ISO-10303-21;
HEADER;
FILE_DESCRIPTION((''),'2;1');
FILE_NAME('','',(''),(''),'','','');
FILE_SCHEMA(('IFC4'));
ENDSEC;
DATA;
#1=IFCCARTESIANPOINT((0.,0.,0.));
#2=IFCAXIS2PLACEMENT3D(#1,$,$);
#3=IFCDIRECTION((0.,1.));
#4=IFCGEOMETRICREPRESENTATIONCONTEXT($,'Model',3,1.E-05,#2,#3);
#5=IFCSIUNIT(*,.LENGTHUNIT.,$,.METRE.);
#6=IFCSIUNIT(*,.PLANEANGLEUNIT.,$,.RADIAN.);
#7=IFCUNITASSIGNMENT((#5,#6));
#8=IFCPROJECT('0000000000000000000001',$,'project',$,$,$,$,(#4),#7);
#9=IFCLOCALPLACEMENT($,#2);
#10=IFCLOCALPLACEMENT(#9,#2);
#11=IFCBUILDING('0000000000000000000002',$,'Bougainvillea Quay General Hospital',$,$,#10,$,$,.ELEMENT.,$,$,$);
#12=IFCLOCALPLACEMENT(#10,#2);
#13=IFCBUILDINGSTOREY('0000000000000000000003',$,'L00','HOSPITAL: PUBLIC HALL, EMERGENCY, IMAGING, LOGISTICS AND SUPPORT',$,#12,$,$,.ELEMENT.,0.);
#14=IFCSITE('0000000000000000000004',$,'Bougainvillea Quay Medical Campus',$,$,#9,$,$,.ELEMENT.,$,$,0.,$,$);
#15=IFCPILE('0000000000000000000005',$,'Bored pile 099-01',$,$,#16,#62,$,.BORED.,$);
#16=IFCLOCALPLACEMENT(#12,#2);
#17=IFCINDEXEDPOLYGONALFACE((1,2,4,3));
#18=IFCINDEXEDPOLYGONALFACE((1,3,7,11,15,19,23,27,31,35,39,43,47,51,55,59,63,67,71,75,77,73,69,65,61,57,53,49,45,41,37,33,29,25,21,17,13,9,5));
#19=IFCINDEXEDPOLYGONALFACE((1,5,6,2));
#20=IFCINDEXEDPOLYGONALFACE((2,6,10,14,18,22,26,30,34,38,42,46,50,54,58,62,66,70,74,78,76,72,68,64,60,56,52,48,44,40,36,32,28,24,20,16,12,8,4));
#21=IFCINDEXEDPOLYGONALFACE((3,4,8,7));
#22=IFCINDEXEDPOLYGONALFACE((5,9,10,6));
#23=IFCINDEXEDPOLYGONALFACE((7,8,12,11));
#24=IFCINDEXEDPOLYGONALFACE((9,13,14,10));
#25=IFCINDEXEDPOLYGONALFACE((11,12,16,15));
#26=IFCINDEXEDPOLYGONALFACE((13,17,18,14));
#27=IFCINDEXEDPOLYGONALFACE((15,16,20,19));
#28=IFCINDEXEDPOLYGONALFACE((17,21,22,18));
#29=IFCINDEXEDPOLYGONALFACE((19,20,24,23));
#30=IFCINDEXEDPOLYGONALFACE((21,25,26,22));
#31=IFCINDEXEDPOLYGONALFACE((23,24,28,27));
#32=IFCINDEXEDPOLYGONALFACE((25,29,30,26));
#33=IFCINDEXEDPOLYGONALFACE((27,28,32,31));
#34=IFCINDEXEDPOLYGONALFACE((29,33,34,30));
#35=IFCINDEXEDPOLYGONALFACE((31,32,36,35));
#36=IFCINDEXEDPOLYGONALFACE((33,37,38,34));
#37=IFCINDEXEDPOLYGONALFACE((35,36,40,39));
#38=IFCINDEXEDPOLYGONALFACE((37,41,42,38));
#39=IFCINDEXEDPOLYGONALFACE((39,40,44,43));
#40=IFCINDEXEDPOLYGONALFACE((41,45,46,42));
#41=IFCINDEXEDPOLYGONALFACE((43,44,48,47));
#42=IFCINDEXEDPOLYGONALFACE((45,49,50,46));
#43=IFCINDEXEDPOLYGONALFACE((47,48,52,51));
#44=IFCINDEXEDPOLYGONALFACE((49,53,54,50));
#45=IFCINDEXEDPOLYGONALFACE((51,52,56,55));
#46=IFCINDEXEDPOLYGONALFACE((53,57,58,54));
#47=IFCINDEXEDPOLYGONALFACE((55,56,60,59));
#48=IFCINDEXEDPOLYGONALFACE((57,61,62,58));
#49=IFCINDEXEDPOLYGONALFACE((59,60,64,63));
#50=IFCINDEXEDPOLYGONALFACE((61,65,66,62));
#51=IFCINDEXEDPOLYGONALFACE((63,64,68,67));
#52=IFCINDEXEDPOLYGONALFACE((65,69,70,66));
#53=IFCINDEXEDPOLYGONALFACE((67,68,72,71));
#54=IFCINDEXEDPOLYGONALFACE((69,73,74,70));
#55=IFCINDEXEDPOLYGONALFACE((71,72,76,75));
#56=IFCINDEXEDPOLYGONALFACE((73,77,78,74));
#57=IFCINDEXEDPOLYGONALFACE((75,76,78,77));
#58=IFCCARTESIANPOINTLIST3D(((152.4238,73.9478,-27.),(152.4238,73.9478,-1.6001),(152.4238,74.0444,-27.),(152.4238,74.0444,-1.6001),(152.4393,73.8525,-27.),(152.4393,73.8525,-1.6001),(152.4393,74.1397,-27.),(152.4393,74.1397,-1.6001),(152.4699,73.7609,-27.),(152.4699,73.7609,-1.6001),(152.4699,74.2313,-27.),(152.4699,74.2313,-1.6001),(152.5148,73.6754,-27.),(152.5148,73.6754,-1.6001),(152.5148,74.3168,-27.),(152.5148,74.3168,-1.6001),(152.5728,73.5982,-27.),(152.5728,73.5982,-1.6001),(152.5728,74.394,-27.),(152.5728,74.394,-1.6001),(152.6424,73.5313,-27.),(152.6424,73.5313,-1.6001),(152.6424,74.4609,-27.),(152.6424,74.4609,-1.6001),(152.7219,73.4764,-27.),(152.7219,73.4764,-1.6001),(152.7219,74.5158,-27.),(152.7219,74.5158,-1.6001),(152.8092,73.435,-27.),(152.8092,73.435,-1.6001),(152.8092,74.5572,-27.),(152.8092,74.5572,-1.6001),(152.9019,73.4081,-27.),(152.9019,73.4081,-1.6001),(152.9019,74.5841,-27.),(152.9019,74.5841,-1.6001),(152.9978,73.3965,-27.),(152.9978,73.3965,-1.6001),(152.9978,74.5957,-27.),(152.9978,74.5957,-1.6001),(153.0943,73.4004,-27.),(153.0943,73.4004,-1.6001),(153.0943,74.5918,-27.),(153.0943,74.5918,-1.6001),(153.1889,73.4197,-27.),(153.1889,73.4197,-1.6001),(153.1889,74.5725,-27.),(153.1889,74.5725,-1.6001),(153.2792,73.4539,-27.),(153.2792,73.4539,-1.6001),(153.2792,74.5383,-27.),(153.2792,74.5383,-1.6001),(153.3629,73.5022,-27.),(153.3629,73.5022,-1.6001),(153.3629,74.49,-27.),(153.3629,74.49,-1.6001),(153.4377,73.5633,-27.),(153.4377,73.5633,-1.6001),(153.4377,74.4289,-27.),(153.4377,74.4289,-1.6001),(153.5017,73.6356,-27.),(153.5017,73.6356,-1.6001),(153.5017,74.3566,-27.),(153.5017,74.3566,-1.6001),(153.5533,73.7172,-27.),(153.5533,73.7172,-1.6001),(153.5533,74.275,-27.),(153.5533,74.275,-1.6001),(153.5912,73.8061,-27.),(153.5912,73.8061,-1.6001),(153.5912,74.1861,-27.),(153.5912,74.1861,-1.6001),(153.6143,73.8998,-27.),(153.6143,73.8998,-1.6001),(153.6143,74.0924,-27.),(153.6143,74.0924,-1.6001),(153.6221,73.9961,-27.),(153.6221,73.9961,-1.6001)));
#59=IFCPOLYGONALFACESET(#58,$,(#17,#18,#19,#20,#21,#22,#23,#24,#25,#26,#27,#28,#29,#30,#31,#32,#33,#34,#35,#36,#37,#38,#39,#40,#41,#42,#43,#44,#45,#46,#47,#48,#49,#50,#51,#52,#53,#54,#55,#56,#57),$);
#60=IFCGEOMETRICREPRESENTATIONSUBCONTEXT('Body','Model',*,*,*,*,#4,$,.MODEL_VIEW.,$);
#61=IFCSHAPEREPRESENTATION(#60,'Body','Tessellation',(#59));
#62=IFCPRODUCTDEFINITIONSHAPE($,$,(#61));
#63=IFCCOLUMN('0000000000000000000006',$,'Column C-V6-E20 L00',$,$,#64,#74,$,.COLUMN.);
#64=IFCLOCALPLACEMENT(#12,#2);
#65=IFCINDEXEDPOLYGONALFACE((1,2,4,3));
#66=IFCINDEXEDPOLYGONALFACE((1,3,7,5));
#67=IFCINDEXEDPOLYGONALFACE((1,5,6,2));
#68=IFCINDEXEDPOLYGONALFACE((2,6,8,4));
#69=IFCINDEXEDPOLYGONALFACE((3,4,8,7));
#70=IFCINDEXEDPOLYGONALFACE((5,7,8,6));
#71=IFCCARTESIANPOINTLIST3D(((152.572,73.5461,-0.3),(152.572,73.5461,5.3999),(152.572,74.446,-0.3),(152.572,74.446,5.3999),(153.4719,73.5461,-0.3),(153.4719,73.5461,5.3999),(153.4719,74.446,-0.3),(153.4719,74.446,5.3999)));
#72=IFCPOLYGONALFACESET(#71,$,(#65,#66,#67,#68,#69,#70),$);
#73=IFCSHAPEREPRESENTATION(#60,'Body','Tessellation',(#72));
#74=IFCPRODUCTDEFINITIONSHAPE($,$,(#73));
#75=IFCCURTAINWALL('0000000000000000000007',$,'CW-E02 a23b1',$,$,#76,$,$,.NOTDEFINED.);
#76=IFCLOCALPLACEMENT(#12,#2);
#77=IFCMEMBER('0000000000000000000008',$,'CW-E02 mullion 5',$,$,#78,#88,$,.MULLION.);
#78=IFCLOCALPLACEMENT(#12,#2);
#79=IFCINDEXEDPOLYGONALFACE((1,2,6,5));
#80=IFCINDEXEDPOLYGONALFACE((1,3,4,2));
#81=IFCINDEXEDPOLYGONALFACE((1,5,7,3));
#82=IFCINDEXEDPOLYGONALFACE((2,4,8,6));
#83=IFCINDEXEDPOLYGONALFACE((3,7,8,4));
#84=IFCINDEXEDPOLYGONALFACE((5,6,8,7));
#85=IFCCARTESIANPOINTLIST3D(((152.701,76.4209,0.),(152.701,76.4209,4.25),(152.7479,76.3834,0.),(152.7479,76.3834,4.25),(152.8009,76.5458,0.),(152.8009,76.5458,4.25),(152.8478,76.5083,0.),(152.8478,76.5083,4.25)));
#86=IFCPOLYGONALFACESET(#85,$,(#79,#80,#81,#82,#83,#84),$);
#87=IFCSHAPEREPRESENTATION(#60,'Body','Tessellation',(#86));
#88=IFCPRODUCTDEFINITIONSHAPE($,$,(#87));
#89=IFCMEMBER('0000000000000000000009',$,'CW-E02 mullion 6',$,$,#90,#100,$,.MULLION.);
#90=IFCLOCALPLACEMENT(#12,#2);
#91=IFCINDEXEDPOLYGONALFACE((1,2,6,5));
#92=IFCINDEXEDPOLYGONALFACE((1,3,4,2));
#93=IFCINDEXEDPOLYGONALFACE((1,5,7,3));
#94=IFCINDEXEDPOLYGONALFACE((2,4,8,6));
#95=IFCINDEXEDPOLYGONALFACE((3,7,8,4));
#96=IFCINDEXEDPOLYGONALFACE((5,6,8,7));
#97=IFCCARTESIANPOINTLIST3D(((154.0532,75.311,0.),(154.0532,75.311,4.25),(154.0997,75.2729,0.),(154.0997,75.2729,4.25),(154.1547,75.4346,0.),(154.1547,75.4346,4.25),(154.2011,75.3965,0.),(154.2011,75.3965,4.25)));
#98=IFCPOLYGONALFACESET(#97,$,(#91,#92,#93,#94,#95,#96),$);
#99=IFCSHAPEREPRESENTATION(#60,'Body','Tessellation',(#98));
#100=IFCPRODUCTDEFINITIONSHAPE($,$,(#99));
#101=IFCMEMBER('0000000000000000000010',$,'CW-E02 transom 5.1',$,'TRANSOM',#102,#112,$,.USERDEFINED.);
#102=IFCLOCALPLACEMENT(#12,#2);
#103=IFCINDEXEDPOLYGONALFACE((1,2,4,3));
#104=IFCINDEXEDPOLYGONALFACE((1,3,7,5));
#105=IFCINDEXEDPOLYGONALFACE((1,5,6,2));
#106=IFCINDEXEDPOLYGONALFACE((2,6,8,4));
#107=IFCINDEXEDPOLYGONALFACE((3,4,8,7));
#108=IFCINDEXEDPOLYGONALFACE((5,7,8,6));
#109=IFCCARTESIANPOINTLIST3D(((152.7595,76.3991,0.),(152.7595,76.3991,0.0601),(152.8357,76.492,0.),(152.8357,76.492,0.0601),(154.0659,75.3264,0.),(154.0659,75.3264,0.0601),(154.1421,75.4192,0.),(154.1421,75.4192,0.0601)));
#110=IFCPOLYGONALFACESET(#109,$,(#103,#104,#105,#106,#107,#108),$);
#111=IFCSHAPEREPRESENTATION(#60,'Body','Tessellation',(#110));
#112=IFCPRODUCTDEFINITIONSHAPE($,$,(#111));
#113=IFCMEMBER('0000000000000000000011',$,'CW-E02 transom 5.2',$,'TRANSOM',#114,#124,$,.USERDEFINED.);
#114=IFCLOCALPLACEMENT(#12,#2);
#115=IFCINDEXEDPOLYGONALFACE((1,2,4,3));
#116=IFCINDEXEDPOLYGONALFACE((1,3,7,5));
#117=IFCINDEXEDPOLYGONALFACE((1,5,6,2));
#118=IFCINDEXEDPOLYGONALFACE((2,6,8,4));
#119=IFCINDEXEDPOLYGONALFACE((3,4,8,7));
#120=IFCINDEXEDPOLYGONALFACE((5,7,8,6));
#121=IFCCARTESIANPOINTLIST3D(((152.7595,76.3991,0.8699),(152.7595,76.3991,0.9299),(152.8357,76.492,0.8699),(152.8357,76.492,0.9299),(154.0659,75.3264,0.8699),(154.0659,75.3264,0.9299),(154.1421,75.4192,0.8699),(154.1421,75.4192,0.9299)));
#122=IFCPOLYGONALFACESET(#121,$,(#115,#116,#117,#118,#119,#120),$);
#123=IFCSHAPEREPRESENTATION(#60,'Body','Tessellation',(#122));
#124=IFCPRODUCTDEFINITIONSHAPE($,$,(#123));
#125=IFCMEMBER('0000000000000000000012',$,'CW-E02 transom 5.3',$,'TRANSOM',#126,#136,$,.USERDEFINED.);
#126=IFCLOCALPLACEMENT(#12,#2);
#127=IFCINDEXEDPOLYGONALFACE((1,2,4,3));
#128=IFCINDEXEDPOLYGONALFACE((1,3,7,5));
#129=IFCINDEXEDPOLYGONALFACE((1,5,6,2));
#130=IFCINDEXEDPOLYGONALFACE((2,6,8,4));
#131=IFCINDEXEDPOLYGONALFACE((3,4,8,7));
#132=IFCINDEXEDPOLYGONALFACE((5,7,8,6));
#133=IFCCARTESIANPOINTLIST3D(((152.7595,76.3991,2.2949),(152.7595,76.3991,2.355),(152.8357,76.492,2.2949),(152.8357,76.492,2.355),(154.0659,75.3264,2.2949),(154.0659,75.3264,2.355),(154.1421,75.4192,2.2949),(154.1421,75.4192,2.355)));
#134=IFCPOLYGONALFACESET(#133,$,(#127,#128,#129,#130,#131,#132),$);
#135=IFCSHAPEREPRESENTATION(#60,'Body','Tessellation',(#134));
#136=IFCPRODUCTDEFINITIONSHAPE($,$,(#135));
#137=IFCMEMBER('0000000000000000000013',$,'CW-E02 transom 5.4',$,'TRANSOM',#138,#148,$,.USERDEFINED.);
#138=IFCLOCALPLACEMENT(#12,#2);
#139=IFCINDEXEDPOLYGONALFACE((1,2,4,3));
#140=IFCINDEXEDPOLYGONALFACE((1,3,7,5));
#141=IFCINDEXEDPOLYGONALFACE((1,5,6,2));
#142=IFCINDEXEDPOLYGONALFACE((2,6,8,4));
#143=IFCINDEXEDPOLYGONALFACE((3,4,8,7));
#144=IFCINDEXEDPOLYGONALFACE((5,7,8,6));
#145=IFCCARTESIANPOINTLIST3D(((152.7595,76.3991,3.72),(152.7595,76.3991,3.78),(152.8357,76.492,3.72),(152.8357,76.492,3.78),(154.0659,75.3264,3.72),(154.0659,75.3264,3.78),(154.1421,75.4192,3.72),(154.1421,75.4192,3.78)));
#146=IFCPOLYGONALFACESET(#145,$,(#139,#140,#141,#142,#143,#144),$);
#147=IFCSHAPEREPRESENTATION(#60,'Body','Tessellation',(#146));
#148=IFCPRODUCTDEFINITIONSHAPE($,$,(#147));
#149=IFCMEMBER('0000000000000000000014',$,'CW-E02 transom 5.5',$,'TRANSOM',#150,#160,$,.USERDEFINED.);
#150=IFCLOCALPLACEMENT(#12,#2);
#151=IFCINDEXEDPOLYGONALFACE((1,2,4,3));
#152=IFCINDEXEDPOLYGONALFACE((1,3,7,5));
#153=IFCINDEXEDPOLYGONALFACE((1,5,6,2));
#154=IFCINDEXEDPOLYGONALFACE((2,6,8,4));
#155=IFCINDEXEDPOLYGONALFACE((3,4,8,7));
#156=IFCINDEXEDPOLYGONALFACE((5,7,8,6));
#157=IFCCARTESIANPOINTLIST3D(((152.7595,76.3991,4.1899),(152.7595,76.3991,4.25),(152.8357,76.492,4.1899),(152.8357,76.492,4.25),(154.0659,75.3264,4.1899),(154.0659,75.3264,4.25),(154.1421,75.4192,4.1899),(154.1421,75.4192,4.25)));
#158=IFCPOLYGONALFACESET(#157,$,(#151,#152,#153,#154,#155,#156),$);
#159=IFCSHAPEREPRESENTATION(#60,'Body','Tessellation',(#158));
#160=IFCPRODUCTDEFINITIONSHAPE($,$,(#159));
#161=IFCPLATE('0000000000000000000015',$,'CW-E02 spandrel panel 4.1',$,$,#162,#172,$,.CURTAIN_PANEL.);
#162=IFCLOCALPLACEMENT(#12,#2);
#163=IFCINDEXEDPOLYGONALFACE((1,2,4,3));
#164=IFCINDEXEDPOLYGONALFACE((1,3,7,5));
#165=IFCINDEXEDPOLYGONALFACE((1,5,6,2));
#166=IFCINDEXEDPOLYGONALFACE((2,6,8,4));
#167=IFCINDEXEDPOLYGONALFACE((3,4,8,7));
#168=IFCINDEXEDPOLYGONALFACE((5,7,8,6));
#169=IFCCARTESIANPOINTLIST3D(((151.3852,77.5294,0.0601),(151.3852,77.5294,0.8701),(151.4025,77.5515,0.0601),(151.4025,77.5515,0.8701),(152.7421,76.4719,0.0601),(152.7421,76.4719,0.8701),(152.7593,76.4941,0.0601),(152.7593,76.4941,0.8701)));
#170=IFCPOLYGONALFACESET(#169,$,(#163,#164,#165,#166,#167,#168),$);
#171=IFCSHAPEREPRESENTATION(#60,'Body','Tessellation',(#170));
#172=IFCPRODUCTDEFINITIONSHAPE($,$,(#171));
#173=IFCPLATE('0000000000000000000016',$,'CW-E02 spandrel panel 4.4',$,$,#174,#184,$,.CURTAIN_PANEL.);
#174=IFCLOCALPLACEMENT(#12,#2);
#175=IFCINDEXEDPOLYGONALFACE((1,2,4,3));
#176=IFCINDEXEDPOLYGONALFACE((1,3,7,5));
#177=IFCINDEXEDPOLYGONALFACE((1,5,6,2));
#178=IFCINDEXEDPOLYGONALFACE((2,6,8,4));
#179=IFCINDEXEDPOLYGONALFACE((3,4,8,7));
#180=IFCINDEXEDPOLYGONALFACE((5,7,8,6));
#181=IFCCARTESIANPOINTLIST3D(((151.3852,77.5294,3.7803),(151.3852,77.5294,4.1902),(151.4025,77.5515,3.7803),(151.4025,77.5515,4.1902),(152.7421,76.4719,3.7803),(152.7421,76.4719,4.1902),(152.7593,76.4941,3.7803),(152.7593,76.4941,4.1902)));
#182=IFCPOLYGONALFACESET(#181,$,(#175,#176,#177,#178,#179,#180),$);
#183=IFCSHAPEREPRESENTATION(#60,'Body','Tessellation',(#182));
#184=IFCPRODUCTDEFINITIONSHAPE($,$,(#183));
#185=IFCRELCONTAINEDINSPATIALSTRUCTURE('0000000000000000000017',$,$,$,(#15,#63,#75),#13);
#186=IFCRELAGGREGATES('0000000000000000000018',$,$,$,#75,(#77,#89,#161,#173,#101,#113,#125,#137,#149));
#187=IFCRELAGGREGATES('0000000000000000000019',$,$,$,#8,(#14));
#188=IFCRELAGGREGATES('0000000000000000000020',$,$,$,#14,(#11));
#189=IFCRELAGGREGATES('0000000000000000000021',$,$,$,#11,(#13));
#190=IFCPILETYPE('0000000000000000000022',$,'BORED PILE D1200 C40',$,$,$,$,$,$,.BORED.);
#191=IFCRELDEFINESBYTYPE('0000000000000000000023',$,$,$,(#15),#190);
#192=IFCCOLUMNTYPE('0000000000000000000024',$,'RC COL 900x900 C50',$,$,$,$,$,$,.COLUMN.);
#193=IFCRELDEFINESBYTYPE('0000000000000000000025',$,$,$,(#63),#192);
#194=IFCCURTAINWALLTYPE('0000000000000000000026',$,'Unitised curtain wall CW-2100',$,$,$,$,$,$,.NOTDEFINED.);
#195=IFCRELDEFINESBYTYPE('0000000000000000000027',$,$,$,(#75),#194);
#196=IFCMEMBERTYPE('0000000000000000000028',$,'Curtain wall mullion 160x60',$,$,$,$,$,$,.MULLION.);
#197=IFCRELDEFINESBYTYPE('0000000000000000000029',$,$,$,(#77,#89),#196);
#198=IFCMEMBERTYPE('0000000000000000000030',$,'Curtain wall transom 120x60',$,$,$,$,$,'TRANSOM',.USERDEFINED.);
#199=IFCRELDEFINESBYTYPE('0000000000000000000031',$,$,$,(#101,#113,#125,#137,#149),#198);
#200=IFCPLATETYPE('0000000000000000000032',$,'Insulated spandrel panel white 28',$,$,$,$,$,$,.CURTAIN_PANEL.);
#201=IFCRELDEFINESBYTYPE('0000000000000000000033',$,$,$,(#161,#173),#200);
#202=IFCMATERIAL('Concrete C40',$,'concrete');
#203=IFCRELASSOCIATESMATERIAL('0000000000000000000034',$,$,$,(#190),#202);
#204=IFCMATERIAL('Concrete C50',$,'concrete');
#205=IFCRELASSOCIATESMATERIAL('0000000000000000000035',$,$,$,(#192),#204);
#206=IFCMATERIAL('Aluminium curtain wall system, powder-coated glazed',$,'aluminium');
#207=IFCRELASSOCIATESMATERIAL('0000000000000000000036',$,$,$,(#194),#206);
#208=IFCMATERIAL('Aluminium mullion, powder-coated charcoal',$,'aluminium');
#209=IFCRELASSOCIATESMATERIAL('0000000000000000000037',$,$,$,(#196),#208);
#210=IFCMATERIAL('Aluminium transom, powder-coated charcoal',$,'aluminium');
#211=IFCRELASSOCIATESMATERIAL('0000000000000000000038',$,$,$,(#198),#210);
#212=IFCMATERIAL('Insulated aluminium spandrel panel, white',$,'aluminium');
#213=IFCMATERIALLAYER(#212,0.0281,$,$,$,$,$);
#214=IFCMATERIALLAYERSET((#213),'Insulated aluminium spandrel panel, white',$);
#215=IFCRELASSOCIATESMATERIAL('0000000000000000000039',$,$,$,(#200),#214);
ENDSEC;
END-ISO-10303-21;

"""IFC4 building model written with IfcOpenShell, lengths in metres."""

from ifc_helpers import new_model, si_unit, direction, frame, origin, origin_2d, place, context, subcontext, project, spatial, rectangle, circle, extrude, material, layer, layer_set, material_profile, profile_set, type_object, element, aggregate, save


model = new_model("IFC4")

# Units and contexts
model_context = context("Model", 3, precision=1e-05, world=origin(), true_north=direction((0.0, 1.0)))
body_context = subcontext(model_context, "Body", "Model", "MODEL_VIEW")
ifc_project = project(units=[si_unit("LENGTHUNIT", "METRE"), si_unit("PLANEANGLEUNIT", "RADIAN")], contexts=[model_context])

# Site, building, storey
site_placement = place(None, origin())
site = spatial("IfcSite", under=ifc_project, at=site_placement, Name="Bougainvillea Quay Medical Campus", CompositionType="ELEMENT", RefElevation=0.0)
building_placement = place(site_placement, origin())
building = spatial("IfcBuilding", under=site, at=building_placement, Name="Bougainvillea Quay General Hospital", CompositionType="ELEMENT")
storey_placement = place(building_placement, origin())
storey = spatial("IfcBuildingStorey", under=building, at=storey_placement, Name="L00", Description="HOSPITAL: PUBLIC HALL, EMERGENCY, IMAGING, LOGISTICS AND SUPPORT", CompositionType="ELEMENT", Elevation=0.0)

# Pile
ifc_material_1 = material(Name="Concrete C40", Category="concrete")
ifc_material_profile_1 = material_profile(ifc_material_1, circle(Radius=0.6001, at=origin_2d()))
ifc_profile_set_1 = profile_set([ifc_material_profile_1], Name="Concrete C40")
pile_type = type_object("IfcPileType", Name="BORED PILE D1200 C40", PredefinedType="BORED", material=ifc_profile_set_1)
pile_placement = place(storey_placement, frame((153.022, 73.9961, -1.6001), z_axis=(0.0, 0.0, -1.0), x_axis=(1.0, 0.0, 0.0)))
element("IfcPile", 1, at=pile_placement, inside=storey, type_object=pile_type, Name="Bored pile 099-01", PredefinedType="BORED", context=body_context, shape_type="SweptSolid", body=[
    extrude(circle(Radius=0.6001, at=origin_2d()), origin(), (0.0, 0.0, 1.0), 25.3999),
])

# Column
ifc_material_2 = material(Name="Concrete C50", Category="concrete")
ifc_material_profile_2 = material_profile(ifc_material_2, rectangle(XDim=0.8999, YDim=0.8999, at=origin_2d()))
ifc_profile_set_2 = profile_set([ifc_material_profile_2], Name="Concrete C50")
column_type = type_object("IfcColumnType", Name="RC COL 900x900 C50", PredefinedType="COLUMN", material=ifc_profile_set_2)
column_placement = place(storey_placement, frame((153.022, 73.9961, -0.3), z_axis=(0.0, 0.0, 1.0), x_axis=(1.0, 0.0, 0.0)))
element("IfcColumn", 2, at=column_placement, inside=storey, type_object=column_type, Name="Column C-V6-E20 L00", PredefinedType="COLUMN", context=body_context, shape_type="SweptSolid", body=[
    extrude(rectangle(XDim=0.8999, YDim=0.8999, at=origin_2d()), origin(), (0.0, 0.0, 1.0), 5.7),
])

# Curtain wall, members, plates
ifc_material_3 = material(Name="Aluminium curtain wall system, powder-coated glazed", Category="aluminium")
curtain_wall_type = type_object("IfcCurtainWallType", Name="Unitised curtain wall CW-2100", PredefinedType="NOTDEFINED", material=ifc_material_3)
curtain_wall_placement = place(storey_placement, origin())
curtain_wall = element("IfcCurtainWall", 3, at=curtain_wall_placement, inside=storey, type_object=curtain_wall_type, Name="CW-E02 a23b1", PredefinedType="NOTDEFINED")
ifc_material_4 = material(Name="Aluminium mullion, powder-coated charcoal", Category="aluminium")
ifc_material_profile_3 = material_profile(ifc_material_4, rectangle(XDim=0.1599, YDim=0.0601, at=origin_2d()))
ifc_profile_set_3 = profile_set([ifc_material_profile_3], Name="Aluminium mullion, powder-coated charcoal")
member_type_1 = type_object("IfcMemberType", Name="Curtain wall mullion 160x60", PredefinedType="MULLION", material=ifc_profile_set_3)
member_1_placement = place(storey_placement, frame((152.7744, 76.4646, 0.0), z_axis=(0.0, 0.0, 1.0), x_axis=(0.624719, 0.780849, 0.0)))
member_1 = element("IfcMember", 4, at=member_1_placement, type_object=member_type_1, Name="CW-E02 mullion 5", PredefinedType="MULLION", context=body_context, shape_type="SweptSolid", body=[
    extrude(rectangle(XDim=0.1599, YDim=0.0601, at=origin_2d()), origin(), (0.0, 0.0, 1.0), 4.25),
])
member_2_placement = place(storey_placement, frame((154.1272, 75.3538, 0.0), z_axis=(0.0, 0.0, 1.0), x_axis=(0.634633, 0.772813, 0.0)))
member_2 = element("IfcMember", 5, at=member_2_placement, type_object=member_type_1, Name="CW-E02 mullion 6", PredefinedType="MULLION", context=body_context, shape_type="SweptSolid", body=[
    extrude(rectangle(XDim=0.1599, YDim=0.0601, at=origin_2d()), origin(), (0.0, 0.0, 1.0), 4.25),
])
ifc_material_5 = material(Name="Aluminium transom, powder-coated charcoal", Category="aluminium")
ifc_material_profile_4 = material_profile(ifc_material_5, rectangle(XDim=0.1201, YDim=0.0601, at=origin_2d()))
ifc_profile_set_4 = profile_set([ifc_material_profile_4], Name="Aluminium transom, powder-coated charcoal")
member_type_2 = type_object("IfcMemberType", Name="Curtain wall transom 120x60", ElementType="TRANSOM", PredefinedType="USERDEFINED", material=ifc_profile_set_4)
member_3_placement = place(storey_placement, frame((152.7976, 76.4456, 0.03), z_axis=(0.77283, -0.634613, 0.0), x_axis=(0.634613, 0.77283, 0.0)))
member_3 = element("IfcMember", 6, at=member_3_placement, type_object=member_type_2, Name="CW-E02 transom 5.1", ObjectType="TRANSOM", PredefinedType="USERDEFINED", context=body_context, shape_type="SweptSolid", body=[
    extrude(rectangle(XDim=0.1201, YDim=0.0601, at=origin_2d()), origin(), (0.0, 0.0, 1.0), 1.6904),
])
member_4_placement = place(storey_placement, frame((152.7976, 76.4456, 0.8999), z_axis=(0.77283, -0.634613, 0.0), x_axis=(0.634613, 0.77283, 0.0)))
member_4 = element("IfcMember", 7, at=member_4_placement, type_object=member_type_2, Name="CW-E02 transom 5.2", ObjectType="TRANSOM", PredefinedType="USERDEFINED", context=body_context, shape_type="SweptSolid", body=[
    extrude(rectangle(XDim=0.1201, YDim=0.0601, at=origin_2d()), origin(), (0.0, 0.0, 1.0), 1.6904),
])
member_5_placement = place(storey_placement, frame((152.7976, 76.4456, 2.325), z_axis=(0.77283, -0.634613, 0.0), x_axis=(0.634613, 0.77283, 0.0)))
member_5 = element("IfcMember", 8, at=member_5_placement, type_object=member_type_2, Name="CW-E02 transom 5.3", ObjectType="TRANSOM", PredefinedType="USERDEFINED", context=body_context, shape_type="SweptSolid", body=[
    extrude(rectangle(XDim=0.1201, YDim=0.0601, at=origin_2d()), origin(), (0.0, 0.0, 1.0), 1.6904),
])
member_6_placement = place(storey_placement, frame((152.7976, 76.4456, 3.75), z_axis=(0.77283, -0.634613, 0.0), x_axis=(0.634613, 0.77283, 0.0)))
member_6 = element("IfcMember", 9, at=member_6_placement, type_object=member_type_2, Name="CW-E02 transom 5.4", ObjectType="TRANSOM", PredefinedType="USERDEFINED", context=body_context, shape_type="SweptSolid", body=[
    extrude(rectangle(XDim=0.1201, YDim=0.0601, at=origin_2d()), origin(), (0.0, 0.0, 1.0), 1.6904),
])
member_7_placement = place(storey_placement, frame((152.7976, 76.4456, 4.22), z_axis=(0.77283, -0.634613, 0.0), x_axis=(0.634613, 0.77283, 0.0)))
member_7 = element("IfcMember", 10, at=member_7_placement, type_object=member_type_2, Name="CW-E02 transom 5.5", ObjectType="TRANSOM", PredefinedType="USERDEFINED", context=body_context, shape_type="SweptSolid", body=[
    extrude(rectangle(XDim=0.1201, YDim=0.0601, at=origin_2d()), origin(), (0.0, 0.0, 1.0), 1.6904),
])
ifc_material_6 = material(Name="Insulated aluminium spandrel panel, white", Category="aluminium")
ifc_layer_1 = layer(ifc_material_6, 0.0281)
ifc_layer_set_1 = layer_set([ifc_layer_1], Name="Insulated aluminium spandrel panel, white")
plate_type_1 = type_object("IfcPlateType", Name="Insulated spandrel panel white 28", PredefinedType="CURTAIN_PANEL", material=ifc_layer_set_1)
plate_1_placement = place(storey_placement, frame((152.0723, 77.0117, 0.0601), z_axis=(0.0, 0.0, 1.0), x_axis=(0.788758, -0.614704, 0.0)))
plate_1 = element("IfcPlate", 11, at=plate_1_placement, type_object=plate_type_1, Name="CW-E02 spandrel panel 4.1", PredefinedType="CURTAIN_PANEL", context=body_context, shape_type="SweptSolid", body=[
    extrude(rectangle(XDim=1.7202, YDim=0.0281, at=origin_2d()), origin(), (0.0, 0.0, 1.0), 0.8101),
])
plate_2_placement = place(storey_placement, frame((152.0723, 77.0117, 3.7803), z_axis=(0.0, 0.0, 1.0), x_axis=(0.788758, -0.614704, 0.0)))
plate_2 = element("IfcPlate", 12, at=plate_2_placement, type_object=plate_type_1, Name="CW-E02 spandrel panel 4.4", PredefinedType="CURTAIN_PANEL", context=body_context, shape_type="SweptSolid", body=[
    extrude(rectangle(XDim=1.7202, YDim=0.0281, at=origin_2d()), origin(), (0.0, 0.0, 1.0), 0.4099),
])
aggregate(curtain_wall, [member_1, member_2, plate_1, plate_2, member_3, member_4, member_5, member_6, member_7])

save(model, "model.ifc")
